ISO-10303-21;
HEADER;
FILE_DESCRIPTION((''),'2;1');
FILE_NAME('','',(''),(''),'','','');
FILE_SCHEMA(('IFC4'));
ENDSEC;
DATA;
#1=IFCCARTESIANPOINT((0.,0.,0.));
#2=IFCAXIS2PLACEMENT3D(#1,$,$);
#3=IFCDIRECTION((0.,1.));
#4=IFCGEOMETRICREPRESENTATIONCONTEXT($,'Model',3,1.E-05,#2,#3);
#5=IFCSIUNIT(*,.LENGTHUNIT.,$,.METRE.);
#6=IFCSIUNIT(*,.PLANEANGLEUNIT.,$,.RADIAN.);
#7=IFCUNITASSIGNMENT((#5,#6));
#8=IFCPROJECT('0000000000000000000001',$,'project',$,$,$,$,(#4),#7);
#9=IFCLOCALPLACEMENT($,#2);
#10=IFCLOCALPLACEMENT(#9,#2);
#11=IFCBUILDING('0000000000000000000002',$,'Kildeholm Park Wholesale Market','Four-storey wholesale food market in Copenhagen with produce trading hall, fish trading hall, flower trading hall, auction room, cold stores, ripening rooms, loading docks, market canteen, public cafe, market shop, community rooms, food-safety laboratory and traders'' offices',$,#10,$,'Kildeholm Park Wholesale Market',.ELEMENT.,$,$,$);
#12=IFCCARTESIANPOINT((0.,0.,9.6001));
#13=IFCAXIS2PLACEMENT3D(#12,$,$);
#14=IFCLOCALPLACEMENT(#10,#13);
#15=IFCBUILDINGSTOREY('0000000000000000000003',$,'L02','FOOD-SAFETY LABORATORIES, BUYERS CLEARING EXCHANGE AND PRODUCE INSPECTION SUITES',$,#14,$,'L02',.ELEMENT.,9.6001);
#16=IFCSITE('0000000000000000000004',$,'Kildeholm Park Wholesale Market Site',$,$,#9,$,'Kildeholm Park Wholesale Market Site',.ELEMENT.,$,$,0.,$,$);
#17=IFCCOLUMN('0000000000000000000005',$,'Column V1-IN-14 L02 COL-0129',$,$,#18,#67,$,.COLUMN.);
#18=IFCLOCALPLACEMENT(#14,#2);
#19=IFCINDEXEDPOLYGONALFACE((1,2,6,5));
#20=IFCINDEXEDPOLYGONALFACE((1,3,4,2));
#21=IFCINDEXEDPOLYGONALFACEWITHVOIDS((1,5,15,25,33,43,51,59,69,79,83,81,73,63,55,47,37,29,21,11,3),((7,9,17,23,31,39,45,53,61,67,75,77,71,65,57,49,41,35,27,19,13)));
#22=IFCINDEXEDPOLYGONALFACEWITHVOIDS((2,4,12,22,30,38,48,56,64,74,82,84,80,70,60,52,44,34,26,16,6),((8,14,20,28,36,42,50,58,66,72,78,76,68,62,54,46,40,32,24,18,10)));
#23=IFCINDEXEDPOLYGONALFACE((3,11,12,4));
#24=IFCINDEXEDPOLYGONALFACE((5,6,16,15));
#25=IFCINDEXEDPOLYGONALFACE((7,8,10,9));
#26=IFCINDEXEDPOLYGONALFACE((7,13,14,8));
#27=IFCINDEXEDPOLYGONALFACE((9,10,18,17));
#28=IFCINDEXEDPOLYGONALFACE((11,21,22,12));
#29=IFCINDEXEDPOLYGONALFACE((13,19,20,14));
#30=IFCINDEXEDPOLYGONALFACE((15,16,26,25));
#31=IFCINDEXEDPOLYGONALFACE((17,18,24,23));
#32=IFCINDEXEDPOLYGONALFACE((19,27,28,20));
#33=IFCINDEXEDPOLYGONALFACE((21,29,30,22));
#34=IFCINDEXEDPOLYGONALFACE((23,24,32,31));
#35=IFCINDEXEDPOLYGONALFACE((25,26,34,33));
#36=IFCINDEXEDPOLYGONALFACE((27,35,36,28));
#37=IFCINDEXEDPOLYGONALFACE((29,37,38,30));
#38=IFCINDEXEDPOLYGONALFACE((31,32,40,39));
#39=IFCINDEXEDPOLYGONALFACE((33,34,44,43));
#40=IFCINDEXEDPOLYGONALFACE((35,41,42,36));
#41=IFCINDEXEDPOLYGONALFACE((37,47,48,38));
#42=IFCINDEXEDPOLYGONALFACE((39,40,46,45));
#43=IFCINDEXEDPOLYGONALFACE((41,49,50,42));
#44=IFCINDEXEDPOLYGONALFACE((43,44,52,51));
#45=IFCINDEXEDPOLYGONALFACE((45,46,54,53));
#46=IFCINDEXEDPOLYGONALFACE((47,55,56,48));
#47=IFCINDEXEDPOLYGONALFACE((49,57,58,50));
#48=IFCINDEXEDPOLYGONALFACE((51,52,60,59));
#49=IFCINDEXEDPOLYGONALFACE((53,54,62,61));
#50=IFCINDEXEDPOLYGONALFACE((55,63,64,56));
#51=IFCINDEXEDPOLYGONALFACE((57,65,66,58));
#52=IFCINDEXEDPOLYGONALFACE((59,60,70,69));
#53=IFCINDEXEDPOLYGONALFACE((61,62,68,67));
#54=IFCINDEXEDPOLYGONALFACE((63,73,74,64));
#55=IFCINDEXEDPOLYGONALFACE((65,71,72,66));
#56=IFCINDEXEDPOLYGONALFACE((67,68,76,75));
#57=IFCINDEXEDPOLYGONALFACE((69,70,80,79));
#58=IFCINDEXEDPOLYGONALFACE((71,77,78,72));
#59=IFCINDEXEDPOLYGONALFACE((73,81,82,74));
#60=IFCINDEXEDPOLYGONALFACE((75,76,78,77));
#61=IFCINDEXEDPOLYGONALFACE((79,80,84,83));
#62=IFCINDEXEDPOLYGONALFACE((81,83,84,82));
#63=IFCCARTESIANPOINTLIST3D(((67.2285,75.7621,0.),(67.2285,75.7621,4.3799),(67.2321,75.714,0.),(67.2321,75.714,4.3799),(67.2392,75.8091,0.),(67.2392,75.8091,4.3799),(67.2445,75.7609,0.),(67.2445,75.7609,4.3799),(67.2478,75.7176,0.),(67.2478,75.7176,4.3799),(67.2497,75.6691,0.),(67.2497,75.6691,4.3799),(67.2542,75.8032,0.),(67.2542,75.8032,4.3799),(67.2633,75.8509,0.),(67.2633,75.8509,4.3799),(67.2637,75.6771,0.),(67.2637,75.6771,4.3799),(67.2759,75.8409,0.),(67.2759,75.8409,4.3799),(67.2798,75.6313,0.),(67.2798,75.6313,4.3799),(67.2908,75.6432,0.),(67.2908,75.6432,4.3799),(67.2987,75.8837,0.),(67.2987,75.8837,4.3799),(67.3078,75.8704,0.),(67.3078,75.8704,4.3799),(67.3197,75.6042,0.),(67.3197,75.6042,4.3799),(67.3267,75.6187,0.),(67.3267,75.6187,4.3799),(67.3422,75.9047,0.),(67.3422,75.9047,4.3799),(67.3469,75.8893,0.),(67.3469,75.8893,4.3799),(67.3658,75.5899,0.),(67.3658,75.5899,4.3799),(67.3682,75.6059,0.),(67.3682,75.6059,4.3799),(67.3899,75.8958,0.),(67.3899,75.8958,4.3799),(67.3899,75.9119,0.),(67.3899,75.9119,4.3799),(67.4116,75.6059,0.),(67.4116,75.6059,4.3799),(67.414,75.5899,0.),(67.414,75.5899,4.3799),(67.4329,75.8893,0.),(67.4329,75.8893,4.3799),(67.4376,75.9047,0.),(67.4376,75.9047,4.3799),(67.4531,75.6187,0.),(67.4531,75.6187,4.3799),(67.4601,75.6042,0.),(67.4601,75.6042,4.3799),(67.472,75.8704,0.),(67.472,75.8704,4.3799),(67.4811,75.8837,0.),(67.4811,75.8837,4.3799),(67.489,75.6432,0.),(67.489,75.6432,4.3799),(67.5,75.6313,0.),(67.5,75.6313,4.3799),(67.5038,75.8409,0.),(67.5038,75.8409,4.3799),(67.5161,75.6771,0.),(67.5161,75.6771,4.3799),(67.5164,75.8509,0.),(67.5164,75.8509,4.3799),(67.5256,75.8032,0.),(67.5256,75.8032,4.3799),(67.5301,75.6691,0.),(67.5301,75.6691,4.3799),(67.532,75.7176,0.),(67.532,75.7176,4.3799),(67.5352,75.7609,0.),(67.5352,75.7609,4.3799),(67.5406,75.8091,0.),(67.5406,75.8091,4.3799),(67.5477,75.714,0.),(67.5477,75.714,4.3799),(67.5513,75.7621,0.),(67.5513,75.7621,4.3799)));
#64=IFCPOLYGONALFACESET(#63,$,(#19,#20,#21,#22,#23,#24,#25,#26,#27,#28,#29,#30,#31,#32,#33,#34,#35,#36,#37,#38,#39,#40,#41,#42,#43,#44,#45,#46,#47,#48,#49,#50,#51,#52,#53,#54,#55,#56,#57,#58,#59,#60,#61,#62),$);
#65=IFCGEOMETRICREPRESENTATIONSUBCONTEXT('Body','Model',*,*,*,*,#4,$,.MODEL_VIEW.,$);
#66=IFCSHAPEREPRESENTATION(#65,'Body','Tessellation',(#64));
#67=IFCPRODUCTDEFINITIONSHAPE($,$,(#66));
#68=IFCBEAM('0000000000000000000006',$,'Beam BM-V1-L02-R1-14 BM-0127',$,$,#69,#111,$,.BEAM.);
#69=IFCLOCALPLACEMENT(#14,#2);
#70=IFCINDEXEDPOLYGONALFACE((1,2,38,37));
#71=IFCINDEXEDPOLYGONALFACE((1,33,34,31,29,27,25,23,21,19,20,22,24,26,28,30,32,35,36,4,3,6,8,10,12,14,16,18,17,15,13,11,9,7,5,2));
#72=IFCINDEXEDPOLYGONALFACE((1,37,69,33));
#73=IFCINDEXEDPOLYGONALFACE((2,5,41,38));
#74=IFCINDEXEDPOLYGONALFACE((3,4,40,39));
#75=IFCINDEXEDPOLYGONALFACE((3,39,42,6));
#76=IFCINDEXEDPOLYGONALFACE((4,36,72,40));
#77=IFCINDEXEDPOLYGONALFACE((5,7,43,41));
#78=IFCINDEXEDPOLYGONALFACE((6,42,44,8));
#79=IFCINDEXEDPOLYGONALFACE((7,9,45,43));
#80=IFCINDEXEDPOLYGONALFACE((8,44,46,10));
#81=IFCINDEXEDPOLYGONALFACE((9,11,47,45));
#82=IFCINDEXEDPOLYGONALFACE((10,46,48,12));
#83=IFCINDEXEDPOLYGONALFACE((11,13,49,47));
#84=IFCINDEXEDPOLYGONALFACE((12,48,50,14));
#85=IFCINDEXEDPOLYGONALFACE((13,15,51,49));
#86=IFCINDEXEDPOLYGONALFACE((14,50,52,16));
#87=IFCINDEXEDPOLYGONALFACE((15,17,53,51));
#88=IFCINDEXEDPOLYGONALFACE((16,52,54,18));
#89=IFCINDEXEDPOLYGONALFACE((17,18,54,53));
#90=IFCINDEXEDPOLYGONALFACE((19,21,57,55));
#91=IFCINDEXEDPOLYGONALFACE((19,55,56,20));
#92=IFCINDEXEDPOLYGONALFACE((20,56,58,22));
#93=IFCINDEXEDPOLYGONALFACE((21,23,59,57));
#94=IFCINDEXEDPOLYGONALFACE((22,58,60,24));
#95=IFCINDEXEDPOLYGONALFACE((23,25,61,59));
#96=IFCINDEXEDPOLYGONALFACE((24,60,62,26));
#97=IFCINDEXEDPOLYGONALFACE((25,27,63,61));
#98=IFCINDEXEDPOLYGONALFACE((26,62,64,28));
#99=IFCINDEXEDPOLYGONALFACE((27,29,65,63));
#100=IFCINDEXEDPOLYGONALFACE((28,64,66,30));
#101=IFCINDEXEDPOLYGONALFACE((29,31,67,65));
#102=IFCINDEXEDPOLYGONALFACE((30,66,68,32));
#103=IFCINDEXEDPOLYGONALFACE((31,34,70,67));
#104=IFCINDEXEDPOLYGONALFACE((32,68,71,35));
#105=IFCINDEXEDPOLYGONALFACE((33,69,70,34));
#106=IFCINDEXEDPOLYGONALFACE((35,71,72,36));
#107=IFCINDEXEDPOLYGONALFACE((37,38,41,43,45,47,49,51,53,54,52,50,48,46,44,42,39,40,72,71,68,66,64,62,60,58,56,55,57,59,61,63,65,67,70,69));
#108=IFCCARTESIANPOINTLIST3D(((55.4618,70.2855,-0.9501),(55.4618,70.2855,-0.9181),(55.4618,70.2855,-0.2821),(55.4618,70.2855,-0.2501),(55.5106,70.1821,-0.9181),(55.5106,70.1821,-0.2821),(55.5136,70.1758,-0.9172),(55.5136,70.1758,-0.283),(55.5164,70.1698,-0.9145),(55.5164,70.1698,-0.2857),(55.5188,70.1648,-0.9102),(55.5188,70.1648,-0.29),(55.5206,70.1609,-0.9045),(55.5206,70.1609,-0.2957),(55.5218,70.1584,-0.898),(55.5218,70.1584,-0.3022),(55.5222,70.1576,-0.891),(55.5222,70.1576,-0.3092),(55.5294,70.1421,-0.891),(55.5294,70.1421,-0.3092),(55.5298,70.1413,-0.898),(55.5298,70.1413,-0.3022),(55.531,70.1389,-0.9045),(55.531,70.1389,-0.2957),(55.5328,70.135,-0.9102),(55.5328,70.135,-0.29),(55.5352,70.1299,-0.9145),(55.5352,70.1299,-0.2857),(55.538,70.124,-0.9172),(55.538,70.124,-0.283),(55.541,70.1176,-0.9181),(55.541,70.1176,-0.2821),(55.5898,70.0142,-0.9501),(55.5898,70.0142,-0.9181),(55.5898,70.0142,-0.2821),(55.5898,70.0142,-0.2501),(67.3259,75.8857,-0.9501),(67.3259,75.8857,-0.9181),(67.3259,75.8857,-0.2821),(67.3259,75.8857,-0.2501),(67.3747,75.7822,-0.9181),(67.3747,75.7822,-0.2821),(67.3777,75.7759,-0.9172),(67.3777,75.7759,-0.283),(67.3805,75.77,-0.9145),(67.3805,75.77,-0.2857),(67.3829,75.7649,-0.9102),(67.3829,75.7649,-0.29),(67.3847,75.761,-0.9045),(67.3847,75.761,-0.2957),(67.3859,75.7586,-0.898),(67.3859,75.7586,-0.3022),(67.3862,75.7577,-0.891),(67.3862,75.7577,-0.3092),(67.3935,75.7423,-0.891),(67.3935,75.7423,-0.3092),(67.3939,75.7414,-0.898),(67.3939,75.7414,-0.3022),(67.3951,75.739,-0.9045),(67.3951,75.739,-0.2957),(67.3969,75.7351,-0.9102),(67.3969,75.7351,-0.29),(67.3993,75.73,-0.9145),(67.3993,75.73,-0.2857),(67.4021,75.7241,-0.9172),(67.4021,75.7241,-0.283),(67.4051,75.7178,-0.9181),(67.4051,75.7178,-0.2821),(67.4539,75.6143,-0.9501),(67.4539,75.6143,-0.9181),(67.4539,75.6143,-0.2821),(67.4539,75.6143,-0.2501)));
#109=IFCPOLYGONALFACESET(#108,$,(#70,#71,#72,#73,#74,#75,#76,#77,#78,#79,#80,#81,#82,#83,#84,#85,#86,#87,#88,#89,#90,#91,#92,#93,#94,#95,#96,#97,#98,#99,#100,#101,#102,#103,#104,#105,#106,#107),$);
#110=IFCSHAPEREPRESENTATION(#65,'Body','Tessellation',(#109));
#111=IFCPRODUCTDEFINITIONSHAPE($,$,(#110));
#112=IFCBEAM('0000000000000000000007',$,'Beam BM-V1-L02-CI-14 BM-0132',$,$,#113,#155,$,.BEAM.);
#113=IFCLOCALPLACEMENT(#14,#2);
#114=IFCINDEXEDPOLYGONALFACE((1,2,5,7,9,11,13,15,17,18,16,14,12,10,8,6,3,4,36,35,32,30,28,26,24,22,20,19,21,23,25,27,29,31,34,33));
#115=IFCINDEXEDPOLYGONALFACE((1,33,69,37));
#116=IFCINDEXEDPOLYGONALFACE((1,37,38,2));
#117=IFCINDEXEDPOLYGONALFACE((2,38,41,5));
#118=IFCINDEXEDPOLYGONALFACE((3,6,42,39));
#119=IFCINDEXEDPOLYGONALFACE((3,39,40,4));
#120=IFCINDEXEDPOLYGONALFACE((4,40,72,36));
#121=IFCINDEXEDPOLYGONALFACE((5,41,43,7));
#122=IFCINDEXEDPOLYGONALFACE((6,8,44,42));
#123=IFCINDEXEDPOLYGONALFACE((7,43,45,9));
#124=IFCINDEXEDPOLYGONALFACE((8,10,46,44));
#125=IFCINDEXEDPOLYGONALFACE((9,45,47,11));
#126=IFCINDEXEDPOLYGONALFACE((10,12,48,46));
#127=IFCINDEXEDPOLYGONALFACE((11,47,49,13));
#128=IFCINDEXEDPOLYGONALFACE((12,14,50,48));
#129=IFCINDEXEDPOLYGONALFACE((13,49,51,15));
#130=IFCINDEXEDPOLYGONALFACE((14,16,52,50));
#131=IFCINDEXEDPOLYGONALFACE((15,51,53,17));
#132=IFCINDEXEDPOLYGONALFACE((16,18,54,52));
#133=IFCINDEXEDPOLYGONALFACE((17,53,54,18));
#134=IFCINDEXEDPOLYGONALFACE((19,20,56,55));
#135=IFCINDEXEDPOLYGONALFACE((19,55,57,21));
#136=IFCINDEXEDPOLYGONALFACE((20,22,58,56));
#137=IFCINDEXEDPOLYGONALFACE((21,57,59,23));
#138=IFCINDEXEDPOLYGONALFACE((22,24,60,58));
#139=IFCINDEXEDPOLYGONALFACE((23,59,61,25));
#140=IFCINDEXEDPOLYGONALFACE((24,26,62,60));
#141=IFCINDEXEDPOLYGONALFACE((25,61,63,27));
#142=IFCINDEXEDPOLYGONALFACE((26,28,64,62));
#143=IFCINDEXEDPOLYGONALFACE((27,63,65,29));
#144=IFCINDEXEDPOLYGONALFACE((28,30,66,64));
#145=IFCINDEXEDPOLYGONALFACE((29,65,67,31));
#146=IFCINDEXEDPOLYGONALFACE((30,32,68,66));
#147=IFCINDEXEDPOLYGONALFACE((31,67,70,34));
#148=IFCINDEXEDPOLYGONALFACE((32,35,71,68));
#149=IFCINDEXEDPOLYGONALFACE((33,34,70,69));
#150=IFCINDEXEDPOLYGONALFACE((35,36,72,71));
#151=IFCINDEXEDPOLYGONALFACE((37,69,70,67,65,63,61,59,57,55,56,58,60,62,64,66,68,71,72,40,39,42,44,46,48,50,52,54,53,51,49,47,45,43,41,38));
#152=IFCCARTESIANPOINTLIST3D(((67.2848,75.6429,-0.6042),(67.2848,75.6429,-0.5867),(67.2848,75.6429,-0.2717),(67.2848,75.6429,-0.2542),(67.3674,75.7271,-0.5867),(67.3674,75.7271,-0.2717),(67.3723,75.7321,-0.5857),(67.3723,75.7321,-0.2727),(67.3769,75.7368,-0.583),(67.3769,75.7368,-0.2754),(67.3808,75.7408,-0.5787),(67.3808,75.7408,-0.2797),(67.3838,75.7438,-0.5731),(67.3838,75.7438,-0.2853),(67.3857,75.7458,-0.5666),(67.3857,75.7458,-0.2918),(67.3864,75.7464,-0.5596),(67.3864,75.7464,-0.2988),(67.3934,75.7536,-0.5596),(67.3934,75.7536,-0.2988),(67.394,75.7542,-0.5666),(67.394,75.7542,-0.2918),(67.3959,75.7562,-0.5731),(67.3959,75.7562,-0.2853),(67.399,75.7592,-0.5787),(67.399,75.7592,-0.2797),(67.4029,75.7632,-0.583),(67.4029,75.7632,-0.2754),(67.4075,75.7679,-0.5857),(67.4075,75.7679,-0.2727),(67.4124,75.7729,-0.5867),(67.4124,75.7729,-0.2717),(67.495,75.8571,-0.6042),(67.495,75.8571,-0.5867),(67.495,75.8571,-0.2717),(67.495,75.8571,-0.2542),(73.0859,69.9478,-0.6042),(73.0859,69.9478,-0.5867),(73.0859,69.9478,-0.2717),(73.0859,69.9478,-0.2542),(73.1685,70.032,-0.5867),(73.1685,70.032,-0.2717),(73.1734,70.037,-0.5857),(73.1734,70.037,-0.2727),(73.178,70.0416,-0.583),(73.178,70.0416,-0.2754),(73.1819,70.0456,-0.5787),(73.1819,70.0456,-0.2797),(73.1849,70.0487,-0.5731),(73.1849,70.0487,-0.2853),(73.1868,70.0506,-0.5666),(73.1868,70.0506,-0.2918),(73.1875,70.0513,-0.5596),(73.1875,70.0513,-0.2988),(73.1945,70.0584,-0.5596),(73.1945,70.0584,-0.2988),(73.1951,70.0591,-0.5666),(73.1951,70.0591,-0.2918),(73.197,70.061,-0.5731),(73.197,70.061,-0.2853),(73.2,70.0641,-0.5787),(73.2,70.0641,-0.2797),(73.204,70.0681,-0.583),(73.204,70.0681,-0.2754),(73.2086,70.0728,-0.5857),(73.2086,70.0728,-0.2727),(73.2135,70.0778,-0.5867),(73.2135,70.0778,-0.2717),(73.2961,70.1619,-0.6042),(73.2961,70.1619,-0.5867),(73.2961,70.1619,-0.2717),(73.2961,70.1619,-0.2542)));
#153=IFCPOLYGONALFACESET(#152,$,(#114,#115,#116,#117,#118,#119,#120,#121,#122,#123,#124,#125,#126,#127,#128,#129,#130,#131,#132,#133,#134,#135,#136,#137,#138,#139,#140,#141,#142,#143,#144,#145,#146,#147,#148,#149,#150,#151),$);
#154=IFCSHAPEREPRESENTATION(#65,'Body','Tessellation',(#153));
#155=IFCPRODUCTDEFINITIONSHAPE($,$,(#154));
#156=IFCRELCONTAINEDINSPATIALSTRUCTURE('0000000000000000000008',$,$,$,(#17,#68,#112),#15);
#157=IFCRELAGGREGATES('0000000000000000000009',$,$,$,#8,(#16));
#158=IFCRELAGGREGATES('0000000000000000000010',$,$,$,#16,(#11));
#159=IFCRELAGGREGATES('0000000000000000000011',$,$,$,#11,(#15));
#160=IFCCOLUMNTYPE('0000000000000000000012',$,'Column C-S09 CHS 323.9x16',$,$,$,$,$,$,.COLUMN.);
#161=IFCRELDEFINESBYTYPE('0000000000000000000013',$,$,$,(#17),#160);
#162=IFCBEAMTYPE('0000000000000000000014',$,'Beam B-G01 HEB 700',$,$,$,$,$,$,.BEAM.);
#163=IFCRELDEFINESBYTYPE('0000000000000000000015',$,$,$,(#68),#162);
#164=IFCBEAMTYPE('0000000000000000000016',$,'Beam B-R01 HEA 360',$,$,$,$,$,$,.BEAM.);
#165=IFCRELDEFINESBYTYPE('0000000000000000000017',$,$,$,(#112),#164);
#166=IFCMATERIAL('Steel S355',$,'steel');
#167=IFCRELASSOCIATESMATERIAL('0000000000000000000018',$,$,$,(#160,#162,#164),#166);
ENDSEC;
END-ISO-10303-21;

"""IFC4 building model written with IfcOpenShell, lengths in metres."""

from ifc_helpers import new_model, si_unit, direction, frame, origin, origin_2d, place, context, subcontext, project, spatial, hollow_circle, i_section, extrude, material, material_profile, profile_set, type_object, element, save


model = new_model("IFC4")

# Units and contexts
model_context = context("Model", 3, precision=1e-05, world=origin(), true_north=direction((0.0, 1.0)))
body_context = subcontext(model_context, "Body", "Model", "MODEL_VIEW")
ifc_project = project(units=[si_unit("LENGTHUNIT", "METRE"), si_unit("PLANEANGLEUNIT", "RADIAN")], contexts=[model_context])

# Site, building, storey
site_placement = place(None, origin())
site = spatial("IfcSite", under=ifc_project, at=site_placement, Name="Kildeholm Park Wholesale Market Site", LongName="Kildeholm Park Wholesale Market Site", CompositionType="ELEMENT", RefElevation=0.0)
building_placement = place(site_placement, origin())
building = spatial("IfcBuilding", under=site, at=building_placement, Name="Kildeholm Park Wholesale Market", Description="Four-storey wholesale food market in Copenhagen with produce trading hall, fish trading hall, flower trading hall, auction room, cold stores, ripening rooms, loading docks, market canteen, public cafe, market shop, community rooms, food-safety laboratory and traders' offices", LongName="Kildeholm Park Wholesale Market", CompositionType="ELEMENT")
storey_placement = place(building_placement, frame((0.0, 0.0, 9.6001)))
storey = spatial("IfcBuildingStorey", under=building, at=storey_placement, Name="L02", Description="FOOD-SAFETY LABORATORIES, BUYERS CLEARING EXCHANGE AND PRODUCE INSPECTION SUITES", LongName="L02", CompositionType="ELEMENT", Elevation=9.6001)

# Column
ifc_material_1 = material(Name="Steel S355", Category="steel")
ifc_material_profile_1 = material_profile(ifc_material_1, hollow_circle(Radius=0.1619, WallThickness=0.0161, at=origin_2d()), Name="CHS 323.9x16")
ifc_profile_set_1 = profile_set([ifc_material_profile_1], Name="Steel S355")
column_type = type_object("IfcColumnType", Name="Column C-S09 CHS 323.9x16", PredefinedType="COLUMN", material=ifc_profile_set_1)
column_placement = place(storey_placement, frame((67.3899, 75.75, 0.0), z_axis=(0.0, 0.0, 1.0), x_axis=(-0.866025, -0.5, 0.0)))
element("IfcColumn", 1, at=column_placement, inside=storey, type_object=column_type, Name="Column V1-IN-14 L02 COL-0129", PredefinedType="COLUMN", context=body_context, shape_type="SweptSolid", body=[
    extrude(hollow_circle(Radius=0.1619, WallThickness=0.0161, at=origin_2d()), origin(), (0.0, 0.0, 1.0), 4.3799),
])

# Beams
ifc_material_profile_2 = material_profile(ifc_material_1, i_section(OverallWidth=0.3, OverallDepth=0.7, WebThickness=0.0171, FlangeThickness=0.032, FilletRadius=0.0271, at=origin_2d()), Name="HEB 700")
ifc_profile_set_2 = profile_set([ifc_material_profile_2], Name="Steel S355")
beam_type_1 = type_object("IfcBeamType", Name="Beam B-G01 HEB 700", PredefinedType="BEAM", material=ifc_profile_set_2)
beam_1_placement = place(storey_placement, frame((67.3899, 75.75, -0.6001), z_axis=(-0.904318, -0.42686, 0.0), x_axis=(0.42686, -0.904318, 0.0)))
element("IfcBeam", 2, at=beam_1_placement, inside=storey, type_object=beam_type_1, Name="Beam BM-V1-L02-R1-14 BM-0127", PredefinedType="BEAM", context=body_context, shape_type="SweptSolid", body=[
    extrude(i_section(OverallWidth=0.3, OverallDepth=0.7, WebThickness=0.0171, FlangeThickness=0.032, FilletRadius=0.0271, at=origin_2d()), origin(), (0.0, 0.0, 1.0), 13.1194),
])
ifc_material_profile_3 = material_profile(ifc_material_1, i_section(OverallWidth=0.3, OverallDepth=0.3501, WebThickness=0.01, FlangeThickness=0.0176, FilletRadius=0.0271, at=origin_2d()), Name="HEA 360")
ifc_profile_set_3 = profile_set([ifc_material_profile_3], Name="Steel S355")
beam_type_2 = type_object("IfcBeamType", Name="Beam B-R01 HEA 360", PredefinedType="BEAM", material=ifc_profile_set_3)
beam_2_placement = place(storey_placement, frame((67.3899, 75.75, -0.4292), z_axis=(0.713594, -0.70056, 0.0), x_axis=(0.70056, 0.713594, 0.0)))
element("IfcBeam", 3, at=beam_2_placement, inside=storey, type_object=beam_type_2, Name="Beam BM-V1-L02-CI-14 BM-0132", PredefinedType="BEAM", context=body_context, shape_type="SweptSolid", body=[
    extrude(i_section(OverallWidth=0.3, OverallDepth=0.3501, WebThickness=0.01, FlangeThickness=0.0176, FilletRadius=0.0271, at=origin_2d()), origin(), (0.0, 0.0, 1.0), 8.1294),
])

save(model, "model.ifc")
